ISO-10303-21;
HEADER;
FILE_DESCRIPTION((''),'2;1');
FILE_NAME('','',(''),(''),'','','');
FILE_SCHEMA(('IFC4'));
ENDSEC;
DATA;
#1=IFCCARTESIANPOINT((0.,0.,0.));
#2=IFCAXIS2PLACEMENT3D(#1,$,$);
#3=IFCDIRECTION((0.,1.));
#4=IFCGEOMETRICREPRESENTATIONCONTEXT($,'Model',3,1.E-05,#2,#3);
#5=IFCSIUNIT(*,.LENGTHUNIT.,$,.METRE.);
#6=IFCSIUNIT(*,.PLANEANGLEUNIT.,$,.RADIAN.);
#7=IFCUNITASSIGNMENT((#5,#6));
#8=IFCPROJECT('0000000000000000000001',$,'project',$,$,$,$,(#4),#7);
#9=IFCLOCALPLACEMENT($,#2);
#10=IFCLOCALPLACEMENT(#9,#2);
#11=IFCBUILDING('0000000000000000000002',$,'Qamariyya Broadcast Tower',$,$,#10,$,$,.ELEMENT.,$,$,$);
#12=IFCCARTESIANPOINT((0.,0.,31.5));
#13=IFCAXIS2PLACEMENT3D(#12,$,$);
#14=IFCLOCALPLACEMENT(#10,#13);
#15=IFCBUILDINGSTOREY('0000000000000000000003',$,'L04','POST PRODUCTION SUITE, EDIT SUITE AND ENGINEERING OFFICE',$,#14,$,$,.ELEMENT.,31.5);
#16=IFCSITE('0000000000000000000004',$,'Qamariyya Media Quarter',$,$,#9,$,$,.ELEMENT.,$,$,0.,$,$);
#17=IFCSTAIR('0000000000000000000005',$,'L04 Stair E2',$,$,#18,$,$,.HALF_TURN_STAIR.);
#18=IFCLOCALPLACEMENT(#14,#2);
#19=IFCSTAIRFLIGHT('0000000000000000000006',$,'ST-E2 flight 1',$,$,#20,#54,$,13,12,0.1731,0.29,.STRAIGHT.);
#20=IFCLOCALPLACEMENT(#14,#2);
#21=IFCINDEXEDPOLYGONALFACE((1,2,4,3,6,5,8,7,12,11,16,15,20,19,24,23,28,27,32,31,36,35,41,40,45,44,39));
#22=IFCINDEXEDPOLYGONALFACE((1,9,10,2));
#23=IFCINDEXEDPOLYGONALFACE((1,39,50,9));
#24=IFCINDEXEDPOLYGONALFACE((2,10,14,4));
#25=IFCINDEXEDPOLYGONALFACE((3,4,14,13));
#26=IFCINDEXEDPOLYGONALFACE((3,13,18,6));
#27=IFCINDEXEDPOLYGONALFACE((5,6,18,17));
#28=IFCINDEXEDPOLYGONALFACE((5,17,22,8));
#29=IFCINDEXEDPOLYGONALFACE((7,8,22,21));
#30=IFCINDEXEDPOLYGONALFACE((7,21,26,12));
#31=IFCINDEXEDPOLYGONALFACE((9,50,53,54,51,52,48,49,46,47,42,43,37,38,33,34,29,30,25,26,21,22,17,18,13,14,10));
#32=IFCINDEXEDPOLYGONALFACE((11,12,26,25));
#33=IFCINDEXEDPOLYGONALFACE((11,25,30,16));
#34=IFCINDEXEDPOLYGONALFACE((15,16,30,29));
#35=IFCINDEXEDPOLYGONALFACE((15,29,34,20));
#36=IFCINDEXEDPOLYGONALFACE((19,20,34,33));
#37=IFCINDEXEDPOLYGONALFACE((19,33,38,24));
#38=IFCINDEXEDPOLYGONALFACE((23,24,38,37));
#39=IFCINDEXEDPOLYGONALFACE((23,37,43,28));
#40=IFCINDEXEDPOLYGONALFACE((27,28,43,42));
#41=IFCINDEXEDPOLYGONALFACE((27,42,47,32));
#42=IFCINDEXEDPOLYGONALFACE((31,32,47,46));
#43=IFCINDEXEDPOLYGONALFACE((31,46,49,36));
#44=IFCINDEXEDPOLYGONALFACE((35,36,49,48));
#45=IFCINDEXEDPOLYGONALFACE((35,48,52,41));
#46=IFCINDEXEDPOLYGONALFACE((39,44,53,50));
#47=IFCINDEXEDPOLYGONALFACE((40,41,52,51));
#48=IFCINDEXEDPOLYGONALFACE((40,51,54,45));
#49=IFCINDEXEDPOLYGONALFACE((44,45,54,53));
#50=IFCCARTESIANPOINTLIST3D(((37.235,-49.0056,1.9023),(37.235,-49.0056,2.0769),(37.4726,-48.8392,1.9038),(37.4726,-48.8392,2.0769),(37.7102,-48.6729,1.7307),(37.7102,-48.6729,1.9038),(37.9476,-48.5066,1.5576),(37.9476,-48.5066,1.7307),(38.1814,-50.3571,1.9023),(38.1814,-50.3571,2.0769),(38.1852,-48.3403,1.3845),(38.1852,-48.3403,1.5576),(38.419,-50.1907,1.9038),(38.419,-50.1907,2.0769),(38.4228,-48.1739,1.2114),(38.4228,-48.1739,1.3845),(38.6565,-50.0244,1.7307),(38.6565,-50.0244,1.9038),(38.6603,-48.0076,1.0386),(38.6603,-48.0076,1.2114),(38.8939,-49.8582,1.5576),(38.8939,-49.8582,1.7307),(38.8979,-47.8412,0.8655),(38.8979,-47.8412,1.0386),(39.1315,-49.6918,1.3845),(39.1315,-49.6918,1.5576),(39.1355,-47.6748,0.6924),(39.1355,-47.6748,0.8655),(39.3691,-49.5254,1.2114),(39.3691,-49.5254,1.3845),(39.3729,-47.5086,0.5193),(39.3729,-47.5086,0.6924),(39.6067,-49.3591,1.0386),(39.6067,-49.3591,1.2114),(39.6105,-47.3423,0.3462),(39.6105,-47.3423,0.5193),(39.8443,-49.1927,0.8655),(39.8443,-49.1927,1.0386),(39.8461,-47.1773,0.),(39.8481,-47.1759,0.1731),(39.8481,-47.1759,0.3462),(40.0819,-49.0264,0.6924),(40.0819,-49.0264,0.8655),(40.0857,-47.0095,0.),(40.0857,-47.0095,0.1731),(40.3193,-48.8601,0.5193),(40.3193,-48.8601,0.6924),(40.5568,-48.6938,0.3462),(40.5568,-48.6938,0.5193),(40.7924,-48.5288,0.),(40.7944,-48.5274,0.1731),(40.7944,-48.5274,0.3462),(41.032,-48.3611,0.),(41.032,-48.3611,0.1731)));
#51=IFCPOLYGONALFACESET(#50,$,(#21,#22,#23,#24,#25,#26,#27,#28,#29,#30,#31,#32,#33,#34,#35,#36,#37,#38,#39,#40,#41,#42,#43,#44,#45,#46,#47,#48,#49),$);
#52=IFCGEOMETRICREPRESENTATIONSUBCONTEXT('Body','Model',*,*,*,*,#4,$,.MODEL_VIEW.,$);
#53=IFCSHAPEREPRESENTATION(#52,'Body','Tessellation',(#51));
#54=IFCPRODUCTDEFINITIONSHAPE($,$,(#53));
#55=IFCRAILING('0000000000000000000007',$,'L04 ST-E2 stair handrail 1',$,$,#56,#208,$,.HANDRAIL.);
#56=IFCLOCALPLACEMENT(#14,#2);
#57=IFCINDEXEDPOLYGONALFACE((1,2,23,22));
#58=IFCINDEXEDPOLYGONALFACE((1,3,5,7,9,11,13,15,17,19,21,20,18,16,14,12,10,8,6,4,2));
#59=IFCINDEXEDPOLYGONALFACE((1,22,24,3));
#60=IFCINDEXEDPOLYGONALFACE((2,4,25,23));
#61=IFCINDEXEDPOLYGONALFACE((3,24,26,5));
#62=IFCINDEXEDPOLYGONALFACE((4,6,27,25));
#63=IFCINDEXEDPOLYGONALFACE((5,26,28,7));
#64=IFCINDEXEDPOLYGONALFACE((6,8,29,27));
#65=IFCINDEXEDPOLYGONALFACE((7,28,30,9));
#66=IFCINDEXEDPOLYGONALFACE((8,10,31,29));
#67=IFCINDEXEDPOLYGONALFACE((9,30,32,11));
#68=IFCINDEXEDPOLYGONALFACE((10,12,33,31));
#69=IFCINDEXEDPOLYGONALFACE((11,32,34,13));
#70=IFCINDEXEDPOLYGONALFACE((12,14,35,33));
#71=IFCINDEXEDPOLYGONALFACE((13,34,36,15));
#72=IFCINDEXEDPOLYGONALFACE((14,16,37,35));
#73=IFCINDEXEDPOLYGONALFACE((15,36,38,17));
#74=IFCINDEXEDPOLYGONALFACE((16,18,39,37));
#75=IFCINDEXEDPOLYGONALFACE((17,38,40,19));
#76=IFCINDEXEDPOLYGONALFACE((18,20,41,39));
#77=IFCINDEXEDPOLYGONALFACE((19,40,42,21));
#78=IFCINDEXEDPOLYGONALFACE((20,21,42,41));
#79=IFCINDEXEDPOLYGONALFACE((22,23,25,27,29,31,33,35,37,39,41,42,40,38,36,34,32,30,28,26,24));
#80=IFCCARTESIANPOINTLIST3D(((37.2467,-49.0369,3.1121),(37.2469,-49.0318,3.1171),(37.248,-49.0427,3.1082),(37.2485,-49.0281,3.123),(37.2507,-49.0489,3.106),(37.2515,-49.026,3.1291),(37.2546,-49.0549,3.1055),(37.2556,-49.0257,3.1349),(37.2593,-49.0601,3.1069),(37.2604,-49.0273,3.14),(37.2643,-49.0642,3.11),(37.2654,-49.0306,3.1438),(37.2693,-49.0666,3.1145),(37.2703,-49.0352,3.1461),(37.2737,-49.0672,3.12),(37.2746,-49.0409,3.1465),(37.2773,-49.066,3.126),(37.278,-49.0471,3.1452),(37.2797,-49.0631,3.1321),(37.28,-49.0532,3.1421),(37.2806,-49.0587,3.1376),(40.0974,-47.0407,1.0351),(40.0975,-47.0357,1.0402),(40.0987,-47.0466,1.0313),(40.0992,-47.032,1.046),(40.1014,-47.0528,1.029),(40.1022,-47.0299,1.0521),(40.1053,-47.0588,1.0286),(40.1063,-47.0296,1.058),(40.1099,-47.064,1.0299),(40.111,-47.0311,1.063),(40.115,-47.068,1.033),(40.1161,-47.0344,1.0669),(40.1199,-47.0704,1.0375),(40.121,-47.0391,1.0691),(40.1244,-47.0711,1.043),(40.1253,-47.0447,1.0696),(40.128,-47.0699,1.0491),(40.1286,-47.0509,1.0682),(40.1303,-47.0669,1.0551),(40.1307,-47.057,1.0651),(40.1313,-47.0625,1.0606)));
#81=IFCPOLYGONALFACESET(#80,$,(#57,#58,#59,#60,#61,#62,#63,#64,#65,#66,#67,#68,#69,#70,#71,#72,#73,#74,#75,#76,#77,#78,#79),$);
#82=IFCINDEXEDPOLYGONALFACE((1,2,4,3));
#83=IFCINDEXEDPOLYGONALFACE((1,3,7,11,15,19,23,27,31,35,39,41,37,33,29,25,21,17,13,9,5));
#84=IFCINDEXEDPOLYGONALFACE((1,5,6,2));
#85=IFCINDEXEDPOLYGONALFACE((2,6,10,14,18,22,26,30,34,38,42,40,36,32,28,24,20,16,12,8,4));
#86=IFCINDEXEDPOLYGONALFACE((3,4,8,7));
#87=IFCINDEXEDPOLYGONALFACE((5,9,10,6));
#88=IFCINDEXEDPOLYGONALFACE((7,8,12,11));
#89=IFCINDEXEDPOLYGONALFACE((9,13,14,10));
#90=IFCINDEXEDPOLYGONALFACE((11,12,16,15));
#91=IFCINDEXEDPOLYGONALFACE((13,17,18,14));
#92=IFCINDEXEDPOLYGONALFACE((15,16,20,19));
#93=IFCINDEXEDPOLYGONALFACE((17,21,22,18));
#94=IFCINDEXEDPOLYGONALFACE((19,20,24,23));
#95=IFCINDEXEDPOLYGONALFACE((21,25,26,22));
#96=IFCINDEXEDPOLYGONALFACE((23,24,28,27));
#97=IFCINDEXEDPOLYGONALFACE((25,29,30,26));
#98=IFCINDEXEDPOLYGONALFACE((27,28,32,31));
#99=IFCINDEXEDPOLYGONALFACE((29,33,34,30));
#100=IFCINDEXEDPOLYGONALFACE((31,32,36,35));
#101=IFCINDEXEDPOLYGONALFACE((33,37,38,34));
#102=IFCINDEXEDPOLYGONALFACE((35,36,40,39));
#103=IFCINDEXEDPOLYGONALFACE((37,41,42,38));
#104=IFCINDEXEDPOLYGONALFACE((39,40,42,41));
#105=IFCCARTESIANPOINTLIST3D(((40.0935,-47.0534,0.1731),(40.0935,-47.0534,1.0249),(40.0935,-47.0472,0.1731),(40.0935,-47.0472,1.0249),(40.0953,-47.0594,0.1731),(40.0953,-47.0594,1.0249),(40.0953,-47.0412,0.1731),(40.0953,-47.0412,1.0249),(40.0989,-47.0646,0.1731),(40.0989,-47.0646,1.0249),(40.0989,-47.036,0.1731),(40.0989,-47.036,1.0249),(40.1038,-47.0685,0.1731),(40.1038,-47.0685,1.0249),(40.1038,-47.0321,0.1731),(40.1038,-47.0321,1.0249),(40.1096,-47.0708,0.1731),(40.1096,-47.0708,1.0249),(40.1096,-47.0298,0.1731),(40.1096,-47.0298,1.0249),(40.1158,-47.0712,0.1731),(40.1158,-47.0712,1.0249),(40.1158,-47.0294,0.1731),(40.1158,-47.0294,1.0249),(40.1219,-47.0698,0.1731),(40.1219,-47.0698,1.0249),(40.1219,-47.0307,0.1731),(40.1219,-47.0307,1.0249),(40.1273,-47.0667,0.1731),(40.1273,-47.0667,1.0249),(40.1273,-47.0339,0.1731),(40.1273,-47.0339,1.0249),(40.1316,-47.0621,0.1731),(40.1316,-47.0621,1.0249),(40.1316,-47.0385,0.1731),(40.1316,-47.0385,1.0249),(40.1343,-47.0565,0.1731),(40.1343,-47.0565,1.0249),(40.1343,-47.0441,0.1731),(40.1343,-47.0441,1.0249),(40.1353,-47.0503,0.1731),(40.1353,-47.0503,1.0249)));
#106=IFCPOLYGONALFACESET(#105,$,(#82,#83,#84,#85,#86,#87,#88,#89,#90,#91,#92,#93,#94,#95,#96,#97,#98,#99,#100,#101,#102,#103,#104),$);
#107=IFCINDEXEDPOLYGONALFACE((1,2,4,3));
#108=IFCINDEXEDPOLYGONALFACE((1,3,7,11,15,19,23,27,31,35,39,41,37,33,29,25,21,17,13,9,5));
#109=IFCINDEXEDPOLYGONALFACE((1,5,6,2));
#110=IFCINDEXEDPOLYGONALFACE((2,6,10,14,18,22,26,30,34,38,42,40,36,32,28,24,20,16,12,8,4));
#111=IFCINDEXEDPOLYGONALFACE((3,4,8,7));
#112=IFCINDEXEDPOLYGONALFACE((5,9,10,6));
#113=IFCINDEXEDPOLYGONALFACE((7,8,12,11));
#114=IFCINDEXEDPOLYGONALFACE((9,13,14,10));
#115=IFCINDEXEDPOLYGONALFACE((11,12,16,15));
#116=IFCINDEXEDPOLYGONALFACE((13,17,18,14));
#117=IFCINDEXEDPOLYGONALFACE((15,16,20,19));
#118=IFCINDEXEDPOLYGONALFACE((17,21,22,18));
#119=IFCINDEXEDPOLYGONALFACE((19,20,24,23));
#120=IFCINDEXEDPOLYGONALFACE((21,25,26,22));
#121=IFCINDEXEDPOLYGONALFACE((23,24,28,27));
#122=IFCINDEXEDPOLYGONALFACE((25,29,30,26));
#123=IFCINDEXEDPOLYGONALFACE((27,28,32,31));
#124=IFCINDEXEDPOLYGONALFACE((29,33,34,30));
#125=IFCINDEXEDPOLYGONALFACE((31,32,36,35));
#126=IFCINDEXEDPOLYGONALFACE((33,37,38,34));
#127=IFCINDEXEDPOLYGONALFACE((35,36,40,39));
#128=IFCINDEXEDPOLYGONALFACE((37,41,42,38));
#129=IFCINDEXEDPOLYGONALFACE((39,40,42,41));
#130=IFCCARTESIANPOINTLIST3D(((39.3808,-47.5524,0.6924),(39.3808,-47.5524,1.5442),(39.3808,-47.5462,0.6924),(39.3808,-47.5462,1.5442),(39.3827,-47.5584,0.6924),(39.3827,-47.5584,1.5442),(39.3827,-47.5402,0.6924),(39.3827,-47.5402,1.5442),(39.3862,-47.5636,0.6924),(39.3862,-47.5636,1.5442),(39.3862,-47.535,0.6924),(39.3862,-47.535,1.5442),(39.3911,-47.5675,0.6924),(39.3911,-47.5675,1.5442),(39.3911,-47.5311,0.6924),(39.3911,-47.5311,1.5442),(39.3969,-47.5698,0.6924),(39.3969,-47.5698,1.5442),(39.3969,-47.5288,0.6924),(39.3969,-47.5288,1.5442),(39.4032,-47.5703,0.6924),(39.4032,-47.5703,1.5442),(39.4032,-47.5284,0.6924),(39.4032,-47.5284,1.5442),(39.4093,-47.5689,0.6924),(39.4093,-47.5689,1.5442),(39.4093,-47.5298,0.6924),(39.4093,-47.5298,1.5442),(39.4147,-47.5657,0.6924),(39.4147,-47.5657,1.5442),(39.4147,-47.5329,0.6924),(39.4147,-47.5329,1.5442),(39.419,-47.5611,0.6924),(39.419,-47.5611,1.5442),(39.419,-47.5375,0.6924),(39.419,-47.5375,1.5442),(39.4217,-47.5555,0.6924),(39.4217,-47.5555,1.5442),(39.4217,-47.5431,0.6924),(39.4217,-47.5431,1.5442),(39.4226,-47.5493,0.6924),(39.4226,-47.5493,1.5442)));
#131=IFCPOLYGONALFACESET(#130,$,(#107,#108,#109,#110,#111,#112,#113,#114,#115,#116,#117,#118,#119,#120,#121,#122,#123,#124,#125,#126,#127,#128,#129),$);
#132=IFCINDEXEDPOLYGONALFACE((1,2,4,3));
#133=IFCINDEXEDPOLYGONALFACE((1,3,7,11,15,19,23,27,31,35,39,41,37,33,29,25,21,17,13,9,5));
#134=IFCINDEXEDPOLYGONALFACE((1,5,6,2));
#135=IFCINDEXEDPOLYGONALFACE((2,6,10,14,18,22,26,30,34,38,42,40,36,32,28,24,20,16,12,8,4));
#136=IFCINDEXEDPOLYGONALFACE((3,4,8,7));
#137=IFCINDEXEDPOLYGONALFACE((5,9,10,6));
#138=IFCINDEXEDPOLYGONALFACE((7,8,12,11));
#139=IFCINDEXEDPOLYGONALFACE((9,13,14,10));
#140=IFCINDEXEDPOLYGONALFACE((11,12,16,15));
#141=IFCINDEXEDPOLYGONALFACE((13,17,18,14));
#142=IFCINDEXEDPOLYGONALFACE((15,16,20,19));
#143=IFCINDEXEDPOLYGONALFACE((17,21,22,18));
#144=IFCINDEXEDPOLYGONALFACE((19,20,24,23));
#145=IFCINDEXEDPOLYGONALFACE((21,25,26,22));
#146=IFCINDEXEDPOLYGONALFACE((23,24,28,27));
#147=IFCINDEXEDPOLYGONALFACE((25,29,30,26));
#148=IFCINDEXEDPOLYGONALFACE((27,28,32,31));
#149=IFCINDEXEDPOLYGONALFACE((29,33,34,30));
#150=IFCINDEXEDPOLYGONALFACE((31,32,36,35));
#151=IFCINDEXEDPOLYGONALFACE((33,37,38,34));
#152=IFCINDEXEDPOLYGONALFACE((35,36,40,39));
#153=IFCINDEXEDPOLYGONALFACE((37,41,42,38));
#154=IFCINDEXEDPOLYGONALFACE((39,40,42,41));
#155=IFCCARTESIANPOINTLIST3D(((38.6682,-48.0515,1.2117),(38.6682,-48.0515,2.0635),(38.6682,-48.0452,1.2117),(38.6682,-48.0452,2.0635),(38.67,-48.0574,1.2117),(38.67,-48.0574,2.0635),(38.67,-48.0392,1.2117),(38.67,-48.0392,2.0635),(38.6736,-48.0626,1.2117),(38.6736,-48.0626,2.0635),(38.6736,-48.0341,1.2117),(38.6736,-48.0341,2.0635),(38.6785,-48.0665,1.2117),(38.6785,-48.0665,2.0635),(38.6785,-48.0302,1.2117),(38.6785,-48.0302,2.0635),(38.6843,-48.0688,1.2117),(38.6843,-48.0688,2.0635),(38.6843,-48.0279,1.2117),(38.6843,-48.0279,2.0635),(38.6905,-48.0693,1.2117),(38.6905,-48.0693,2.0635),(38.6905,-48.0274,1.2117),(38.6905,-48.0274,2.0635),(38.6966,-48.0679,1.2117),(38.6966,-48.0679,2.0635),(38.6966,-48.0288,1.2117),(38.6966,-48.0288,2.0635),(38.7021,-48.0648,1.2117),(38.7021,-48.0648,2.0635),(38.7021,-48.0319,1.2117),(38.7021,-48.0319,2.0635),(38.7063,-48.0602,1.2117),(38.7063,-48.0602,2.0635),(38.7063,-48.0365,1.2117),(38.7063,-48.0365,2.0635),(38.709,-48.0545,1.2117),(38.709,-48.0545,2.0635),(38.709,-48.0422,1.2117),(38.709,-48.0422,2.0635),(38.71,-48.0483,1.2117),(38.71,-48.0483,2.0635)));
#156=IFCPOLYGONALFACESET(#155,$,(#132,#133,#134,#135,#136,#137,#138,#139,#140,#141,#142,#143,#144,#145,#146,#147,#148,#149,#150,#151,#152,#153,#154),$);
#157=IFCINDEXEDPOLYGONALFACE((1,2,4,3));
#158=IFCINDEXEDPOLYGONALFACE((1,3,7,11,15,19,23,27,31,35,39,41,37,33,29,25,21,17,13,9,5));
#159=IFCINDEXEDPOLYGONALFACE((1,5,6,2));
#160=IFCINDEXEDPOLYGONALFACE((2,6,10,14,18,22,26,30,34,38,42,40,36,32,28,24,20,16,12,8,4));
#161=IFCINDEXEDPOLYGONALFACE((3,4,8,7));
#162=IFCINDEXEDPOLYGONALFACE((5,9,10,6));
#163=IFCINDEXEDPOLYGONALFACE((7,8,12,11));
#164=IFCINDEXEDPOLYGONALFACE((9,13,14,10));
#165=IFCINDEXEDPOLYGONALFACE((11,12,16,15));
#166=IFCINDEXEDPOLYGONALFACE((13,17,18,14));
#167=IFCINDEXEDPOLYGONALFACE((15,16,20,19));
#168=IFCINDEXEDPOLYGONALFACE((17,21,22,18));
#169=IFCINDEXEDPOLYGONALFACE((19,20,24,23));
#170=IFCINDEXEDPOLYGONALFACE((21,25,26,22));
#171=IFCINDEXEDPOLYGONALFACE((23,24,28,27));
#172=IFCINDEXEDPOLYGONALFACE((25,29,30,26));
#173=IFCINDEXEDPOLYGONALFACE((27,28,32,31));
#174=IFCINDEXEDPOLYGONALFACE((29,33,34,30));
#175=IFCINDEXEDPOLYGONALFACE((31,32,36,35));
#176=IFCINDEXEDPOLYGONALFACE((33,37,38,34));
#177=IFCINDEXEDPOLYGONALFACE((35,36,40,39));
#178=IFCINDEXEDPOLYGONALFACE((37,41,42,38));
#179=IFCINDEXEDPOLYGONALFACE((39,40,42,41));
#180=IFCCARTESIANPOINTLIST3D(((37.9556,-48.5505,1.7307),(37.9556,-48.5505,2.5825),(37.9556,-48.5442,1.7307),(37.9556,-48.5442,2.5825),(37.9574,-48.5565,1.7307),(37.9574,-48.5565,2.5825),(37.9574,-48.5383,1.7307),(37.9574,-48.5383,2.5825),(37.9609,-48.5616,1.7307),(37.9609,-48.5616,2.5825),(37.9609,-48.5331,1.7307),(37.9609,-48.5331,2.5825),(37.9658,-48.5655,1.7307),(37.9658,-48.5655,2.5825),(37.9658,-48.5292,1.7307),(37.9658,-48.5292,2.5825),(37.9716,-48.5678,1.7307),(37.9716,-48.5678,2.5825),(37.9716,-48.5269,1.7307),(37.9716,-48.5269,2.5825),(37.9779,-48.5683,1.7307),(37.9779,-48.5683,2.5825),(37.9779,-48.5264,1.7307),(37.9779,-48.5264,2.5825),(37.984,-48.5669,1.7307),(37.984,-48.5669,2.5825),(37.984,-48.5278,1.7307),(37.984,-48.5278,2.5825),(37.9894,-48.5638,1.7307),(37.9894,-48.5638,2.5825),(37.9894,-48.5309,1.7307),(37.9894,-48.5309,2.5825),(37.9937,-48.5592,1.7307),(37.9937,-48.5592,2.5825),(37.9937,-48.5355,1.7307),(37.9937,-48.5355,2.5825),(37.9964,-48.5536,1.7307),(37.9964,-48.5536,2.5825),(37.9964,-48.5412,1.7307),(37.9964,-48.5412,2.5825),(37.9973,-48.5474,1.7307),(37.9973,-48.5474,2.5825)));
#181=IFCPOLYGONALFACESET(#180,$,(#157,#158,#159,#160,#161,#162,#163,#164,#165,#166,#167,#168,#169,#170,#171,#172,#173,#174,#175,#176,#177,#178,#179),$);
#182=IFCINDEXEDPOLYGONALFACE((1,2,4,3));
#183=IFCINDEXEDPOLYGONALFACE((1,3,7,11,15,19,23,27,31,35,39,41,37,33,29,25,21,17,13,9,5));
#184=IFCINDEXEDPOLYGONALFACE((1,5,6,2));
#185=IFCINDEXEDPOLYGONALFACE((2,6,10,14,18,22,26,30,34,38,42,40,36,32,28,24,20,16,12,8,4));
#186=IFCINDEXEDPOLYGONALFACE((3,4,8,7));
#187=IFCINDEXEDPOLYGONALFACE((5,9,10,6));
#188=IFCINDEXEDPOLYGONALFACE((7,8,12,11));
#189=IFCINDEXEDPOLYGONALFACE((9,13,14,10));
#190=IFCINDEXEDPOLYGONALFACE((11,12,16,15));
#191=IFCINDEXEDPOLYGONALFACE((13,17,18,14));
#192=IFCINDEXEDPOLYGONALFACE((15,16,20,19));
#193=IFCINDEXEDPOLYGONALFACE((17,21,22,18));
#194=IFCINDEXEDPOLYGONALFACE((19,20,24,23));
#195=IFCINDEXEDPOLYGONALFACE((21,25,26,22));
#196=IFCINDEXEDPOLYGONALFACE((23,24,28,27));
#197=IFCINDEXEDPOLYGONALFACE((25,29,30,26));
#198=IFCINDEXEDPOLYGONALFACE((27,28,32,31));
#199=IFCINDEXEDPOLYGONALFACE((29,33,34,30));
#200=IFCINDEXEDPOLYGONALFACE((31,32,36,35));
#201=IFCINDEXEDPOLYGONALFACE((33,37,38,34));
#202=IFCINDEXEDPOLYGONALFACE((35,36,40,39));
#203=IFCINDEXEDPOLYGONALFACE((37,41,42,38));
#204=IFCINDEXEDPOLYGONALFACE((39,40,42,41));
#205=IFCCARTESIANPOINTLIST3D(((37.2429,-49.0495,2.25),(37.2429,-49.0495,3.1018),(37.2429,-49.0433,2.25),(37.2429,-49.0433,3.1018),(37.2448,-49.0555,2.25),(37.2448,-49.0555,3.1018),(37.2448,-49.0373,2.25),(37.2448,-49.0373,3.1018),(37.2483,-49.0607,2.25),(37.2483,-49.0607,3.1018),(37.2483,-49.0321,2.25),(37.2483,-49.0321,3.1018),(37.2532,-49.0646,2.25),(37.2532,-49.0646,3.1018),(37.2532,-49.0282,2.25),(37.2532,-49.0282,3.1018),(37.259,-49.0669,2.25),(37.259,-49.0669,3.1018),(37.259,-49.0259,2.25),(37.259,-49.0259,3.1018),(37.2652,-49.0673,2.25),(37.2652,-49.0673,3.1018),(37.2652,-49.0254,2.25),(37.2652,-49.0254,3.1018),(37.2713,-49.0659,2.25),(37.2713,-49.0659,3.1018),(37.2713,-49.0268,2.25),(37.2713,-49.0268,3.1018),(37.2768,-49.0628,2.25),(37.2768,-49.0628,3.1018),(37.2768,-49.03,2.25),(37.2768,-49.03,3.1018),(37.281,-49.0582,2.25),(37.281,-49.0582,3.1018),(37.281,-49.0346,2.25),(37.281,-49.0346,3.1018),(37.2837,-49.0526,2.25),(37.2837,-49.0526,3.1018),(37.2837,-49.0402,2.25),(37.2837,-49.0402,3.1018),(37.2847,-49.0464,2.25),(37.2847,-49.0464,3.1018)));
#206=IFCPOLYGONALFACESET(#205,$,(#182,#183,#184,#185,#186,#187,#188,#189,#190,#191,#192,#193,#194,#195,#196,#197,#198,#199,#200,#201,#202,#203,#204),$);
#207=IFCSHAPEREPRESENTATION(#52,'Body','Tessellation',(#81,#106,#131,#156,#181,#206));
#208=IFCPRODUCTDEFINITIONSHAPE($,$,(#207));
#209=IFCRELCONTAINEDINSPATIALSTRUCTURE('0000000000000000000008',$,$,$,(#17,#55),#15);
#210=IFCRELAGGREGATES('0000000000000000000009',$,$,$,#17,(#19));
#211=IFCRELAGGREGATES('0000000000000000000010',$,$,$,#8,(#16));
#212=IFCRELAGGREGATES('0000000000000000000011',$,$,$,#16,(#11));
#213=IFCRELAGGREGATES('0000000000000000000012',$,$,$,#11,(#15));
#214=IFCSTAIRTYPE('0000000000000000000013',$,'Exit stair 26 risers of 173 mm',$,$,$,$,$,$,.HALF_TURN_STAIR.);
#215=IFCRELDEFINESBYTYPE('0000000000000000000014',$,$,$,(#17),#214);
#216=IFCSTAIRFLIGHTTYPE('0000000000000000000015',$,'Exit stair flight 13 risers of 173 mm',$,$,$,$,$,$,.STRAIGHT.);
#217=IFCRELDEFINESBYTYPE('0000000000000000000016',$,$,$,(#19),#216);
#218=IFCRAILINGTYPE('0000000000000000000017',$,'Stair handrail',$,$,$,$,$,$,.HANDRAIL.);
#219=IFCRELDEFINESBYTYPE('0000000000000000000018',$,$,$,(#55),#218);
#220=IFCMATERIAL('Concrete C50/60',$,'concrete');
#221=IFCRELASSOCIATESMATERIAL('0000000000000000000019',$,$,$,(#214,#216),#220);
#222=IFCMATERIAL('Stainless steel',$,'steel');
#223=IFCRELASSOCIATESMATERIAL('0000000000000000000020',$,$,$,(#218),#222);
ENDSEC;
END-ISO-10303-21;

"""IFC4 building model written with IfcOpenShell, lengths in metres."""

from ifc_helpers import new_model, si_unit, direction, frame, origin, origin_2d, place, context, subcontext, project, spatial, polyline, circle, outline, extrude, material, type_object, element, aggregate, save


model = new_model("IFC4")

# Units and contexts
model_context = context("Model", 3, precision=1e-05, world=origin(), true_north=direction((0.0, 1.0)))
body_context = subcontext(model_context, "Body", "Model", "MODEL_VIEW")
ifc_project = project(units=[si_unit("LENGTHUNIT", "METRE"), si_unit("PLANEANGLEUNIT", "RADIAN")], contexts=[model_context])

# Site, building, storey
site_placement = place(None, origin())
site = spatial("IfcSite", under=ifc_project, at=site_placement, Name="Qamariyya Media Quarter", CompositionType="ELEMENT", RefElevation=0.0)
building_placement = place(site_placement, origin())
building = spatial("IfcBuilding", under=site, at=building_placement, Name="Qamariyya Broadcast Tower", CompositionType="ELEMENT")
storey_placement = place(building_placement, frame((0.0, 0.0, 31.5)))
storey = spatial("IfcBuildingStorey", under=building, at=storey_placement, Name="L04", Description="POST PRODUCTION SUITE, EDIT SUITE AND ENGINEERING OFFICE", CompositionType="ELEMENT", Elevation=31.5)

# Shared definitions
ifc_material_1 = material(Name="Concrete C50/60", Category="concrete")

# Stair, stair flight
stair_type = type_object("IfcStairType", Name="Exit stair 26 risers of 173 mm", PredefinedType="HALF_TURN_STAIR", material=ifc_material_1)
stair_placement = place(storey_placement, origin())
stair = element("IfcStair", 1, at=stair_placement, inside=storey, type_object=stair_type, Name="L04 Stair E2", PredefinedType="HALF_TURN_STAIR")
stair_flight_type = type_object("IfcStairFlightType", Name="Exit stair flight 13 risers of 173 mm", PredefinedType="STRAIGHT", material=ifc_material_1)
stair_flight_placement = place(storey_placement, frame((40.5588, -47.6853, 0.0), z_axis=(0.0, 0.0, 1.0), x_axis=(-0.819152, -0.573576, 0.0)))
stair_flight = element("IfcStairFlight", 2, at=stair_flight_placement, type_object=stair_flight_type, Name="ST-E2 flight 1", NumberOfRisers=13, NumberOfTreads=12, PredefinedType="STRAIGHT", RiserHeight=0.1731, TreadLength=0.29, context=body_context, shape_type="SweptSolid", body=[
    extrude(outline(polyline([(0.0, 0.0), (0.0, 0.1731), (0.29, 0.1731), (0.29, 0.3462), (0.5801, 0.3462), (0.5801, 0.5193), (0.8701, 0.5193), (0.8701, 0.6924), (1.1599, 0.6924), (1.1599, 0.8655), (1.45, 0.8655), (1.45, 1.0386), (1.74, 1.0386), (1.74, 1.2114), (2.03, 1.2114), (2.03, 1.3845), (2.3201, 1.3845), (2.3201, 1.5576), (2.6101, 1.5576), (2.6101, 1.7307), (2.8999, 1.7307), (2.8999, 1.9038), (3.1899, 1.9038), (3.1899, 2.0769), (3.48, 2.0769), (3.48, 2.25), (3.48, 1.9023), (0.2925, 0.0), (0.0, 0.0)])), frame((0.0, 0.825, 0.0), z_axis=(0.0, -1.0, 0.0), x_axis=(1.0, 0.0, 0.0)), (0.0, 0.0, 1.0), 1.6499),
])
aggregate(stair, [stair_flight])

# Railing
ifc_material_2 = material(Name="Stainless steel", Category="steel")
railing_type = type_object("IfcRailingType", Name="Stair handrail", PredefinedType="HANDRAIL", material=ifc_material_2)
railing_placement = place(storey_placement, frame((40.1143, -47.0503, 0.1731)))
element("IfcRailing", 3, at=railing_placement, inside=storey, type_object=railing_type, Name="L04 ST-E2 stair handrail 1", PredefinedType="HANDRAIL", context=body_context, shape_type="SweptSolid", body=[
    extrude(circle(Radius=0.0239, at=origin_2d()), frame((0.0, 0.0, 0.876), z_axis=(-0.703393, -0.492544, 0.512484), x_axis=(0.573594, -0.81914, 0.0)), (0.0, 0.0, 1.0), 4.0527),
    extrude(circle(Radius=0.021, at=origin_2d()), origin(), (0.0, 0.0, 1.0), 0.8518),
    extrude(circle(Radius=0.021, at=origin_2d()), frame((-0.7126, -0.499, 0.5193)), (0.0, 0.0, 1.0), 0.8518),
    extrude(circle(Radius=0.021, at=origin_2d()), frame((-1.4253, -0.998, 1.0386)), (0.0, 0.0, 1.0), 0.8518),
    extrude(circle(Radius=0.021, at=origin_2d()), frame((-2.1379, -1.4971, 1.5576)), (0.0, 0.0, 1.0), 0.8518),
    extrude(circle(Radius=0.021, at=origin_2d()), frame((-2.8506, -1.9961, 2.0769)), (0.0, 0.0, 1.0), 0.8518),
])

save(model, "model.ifc")
